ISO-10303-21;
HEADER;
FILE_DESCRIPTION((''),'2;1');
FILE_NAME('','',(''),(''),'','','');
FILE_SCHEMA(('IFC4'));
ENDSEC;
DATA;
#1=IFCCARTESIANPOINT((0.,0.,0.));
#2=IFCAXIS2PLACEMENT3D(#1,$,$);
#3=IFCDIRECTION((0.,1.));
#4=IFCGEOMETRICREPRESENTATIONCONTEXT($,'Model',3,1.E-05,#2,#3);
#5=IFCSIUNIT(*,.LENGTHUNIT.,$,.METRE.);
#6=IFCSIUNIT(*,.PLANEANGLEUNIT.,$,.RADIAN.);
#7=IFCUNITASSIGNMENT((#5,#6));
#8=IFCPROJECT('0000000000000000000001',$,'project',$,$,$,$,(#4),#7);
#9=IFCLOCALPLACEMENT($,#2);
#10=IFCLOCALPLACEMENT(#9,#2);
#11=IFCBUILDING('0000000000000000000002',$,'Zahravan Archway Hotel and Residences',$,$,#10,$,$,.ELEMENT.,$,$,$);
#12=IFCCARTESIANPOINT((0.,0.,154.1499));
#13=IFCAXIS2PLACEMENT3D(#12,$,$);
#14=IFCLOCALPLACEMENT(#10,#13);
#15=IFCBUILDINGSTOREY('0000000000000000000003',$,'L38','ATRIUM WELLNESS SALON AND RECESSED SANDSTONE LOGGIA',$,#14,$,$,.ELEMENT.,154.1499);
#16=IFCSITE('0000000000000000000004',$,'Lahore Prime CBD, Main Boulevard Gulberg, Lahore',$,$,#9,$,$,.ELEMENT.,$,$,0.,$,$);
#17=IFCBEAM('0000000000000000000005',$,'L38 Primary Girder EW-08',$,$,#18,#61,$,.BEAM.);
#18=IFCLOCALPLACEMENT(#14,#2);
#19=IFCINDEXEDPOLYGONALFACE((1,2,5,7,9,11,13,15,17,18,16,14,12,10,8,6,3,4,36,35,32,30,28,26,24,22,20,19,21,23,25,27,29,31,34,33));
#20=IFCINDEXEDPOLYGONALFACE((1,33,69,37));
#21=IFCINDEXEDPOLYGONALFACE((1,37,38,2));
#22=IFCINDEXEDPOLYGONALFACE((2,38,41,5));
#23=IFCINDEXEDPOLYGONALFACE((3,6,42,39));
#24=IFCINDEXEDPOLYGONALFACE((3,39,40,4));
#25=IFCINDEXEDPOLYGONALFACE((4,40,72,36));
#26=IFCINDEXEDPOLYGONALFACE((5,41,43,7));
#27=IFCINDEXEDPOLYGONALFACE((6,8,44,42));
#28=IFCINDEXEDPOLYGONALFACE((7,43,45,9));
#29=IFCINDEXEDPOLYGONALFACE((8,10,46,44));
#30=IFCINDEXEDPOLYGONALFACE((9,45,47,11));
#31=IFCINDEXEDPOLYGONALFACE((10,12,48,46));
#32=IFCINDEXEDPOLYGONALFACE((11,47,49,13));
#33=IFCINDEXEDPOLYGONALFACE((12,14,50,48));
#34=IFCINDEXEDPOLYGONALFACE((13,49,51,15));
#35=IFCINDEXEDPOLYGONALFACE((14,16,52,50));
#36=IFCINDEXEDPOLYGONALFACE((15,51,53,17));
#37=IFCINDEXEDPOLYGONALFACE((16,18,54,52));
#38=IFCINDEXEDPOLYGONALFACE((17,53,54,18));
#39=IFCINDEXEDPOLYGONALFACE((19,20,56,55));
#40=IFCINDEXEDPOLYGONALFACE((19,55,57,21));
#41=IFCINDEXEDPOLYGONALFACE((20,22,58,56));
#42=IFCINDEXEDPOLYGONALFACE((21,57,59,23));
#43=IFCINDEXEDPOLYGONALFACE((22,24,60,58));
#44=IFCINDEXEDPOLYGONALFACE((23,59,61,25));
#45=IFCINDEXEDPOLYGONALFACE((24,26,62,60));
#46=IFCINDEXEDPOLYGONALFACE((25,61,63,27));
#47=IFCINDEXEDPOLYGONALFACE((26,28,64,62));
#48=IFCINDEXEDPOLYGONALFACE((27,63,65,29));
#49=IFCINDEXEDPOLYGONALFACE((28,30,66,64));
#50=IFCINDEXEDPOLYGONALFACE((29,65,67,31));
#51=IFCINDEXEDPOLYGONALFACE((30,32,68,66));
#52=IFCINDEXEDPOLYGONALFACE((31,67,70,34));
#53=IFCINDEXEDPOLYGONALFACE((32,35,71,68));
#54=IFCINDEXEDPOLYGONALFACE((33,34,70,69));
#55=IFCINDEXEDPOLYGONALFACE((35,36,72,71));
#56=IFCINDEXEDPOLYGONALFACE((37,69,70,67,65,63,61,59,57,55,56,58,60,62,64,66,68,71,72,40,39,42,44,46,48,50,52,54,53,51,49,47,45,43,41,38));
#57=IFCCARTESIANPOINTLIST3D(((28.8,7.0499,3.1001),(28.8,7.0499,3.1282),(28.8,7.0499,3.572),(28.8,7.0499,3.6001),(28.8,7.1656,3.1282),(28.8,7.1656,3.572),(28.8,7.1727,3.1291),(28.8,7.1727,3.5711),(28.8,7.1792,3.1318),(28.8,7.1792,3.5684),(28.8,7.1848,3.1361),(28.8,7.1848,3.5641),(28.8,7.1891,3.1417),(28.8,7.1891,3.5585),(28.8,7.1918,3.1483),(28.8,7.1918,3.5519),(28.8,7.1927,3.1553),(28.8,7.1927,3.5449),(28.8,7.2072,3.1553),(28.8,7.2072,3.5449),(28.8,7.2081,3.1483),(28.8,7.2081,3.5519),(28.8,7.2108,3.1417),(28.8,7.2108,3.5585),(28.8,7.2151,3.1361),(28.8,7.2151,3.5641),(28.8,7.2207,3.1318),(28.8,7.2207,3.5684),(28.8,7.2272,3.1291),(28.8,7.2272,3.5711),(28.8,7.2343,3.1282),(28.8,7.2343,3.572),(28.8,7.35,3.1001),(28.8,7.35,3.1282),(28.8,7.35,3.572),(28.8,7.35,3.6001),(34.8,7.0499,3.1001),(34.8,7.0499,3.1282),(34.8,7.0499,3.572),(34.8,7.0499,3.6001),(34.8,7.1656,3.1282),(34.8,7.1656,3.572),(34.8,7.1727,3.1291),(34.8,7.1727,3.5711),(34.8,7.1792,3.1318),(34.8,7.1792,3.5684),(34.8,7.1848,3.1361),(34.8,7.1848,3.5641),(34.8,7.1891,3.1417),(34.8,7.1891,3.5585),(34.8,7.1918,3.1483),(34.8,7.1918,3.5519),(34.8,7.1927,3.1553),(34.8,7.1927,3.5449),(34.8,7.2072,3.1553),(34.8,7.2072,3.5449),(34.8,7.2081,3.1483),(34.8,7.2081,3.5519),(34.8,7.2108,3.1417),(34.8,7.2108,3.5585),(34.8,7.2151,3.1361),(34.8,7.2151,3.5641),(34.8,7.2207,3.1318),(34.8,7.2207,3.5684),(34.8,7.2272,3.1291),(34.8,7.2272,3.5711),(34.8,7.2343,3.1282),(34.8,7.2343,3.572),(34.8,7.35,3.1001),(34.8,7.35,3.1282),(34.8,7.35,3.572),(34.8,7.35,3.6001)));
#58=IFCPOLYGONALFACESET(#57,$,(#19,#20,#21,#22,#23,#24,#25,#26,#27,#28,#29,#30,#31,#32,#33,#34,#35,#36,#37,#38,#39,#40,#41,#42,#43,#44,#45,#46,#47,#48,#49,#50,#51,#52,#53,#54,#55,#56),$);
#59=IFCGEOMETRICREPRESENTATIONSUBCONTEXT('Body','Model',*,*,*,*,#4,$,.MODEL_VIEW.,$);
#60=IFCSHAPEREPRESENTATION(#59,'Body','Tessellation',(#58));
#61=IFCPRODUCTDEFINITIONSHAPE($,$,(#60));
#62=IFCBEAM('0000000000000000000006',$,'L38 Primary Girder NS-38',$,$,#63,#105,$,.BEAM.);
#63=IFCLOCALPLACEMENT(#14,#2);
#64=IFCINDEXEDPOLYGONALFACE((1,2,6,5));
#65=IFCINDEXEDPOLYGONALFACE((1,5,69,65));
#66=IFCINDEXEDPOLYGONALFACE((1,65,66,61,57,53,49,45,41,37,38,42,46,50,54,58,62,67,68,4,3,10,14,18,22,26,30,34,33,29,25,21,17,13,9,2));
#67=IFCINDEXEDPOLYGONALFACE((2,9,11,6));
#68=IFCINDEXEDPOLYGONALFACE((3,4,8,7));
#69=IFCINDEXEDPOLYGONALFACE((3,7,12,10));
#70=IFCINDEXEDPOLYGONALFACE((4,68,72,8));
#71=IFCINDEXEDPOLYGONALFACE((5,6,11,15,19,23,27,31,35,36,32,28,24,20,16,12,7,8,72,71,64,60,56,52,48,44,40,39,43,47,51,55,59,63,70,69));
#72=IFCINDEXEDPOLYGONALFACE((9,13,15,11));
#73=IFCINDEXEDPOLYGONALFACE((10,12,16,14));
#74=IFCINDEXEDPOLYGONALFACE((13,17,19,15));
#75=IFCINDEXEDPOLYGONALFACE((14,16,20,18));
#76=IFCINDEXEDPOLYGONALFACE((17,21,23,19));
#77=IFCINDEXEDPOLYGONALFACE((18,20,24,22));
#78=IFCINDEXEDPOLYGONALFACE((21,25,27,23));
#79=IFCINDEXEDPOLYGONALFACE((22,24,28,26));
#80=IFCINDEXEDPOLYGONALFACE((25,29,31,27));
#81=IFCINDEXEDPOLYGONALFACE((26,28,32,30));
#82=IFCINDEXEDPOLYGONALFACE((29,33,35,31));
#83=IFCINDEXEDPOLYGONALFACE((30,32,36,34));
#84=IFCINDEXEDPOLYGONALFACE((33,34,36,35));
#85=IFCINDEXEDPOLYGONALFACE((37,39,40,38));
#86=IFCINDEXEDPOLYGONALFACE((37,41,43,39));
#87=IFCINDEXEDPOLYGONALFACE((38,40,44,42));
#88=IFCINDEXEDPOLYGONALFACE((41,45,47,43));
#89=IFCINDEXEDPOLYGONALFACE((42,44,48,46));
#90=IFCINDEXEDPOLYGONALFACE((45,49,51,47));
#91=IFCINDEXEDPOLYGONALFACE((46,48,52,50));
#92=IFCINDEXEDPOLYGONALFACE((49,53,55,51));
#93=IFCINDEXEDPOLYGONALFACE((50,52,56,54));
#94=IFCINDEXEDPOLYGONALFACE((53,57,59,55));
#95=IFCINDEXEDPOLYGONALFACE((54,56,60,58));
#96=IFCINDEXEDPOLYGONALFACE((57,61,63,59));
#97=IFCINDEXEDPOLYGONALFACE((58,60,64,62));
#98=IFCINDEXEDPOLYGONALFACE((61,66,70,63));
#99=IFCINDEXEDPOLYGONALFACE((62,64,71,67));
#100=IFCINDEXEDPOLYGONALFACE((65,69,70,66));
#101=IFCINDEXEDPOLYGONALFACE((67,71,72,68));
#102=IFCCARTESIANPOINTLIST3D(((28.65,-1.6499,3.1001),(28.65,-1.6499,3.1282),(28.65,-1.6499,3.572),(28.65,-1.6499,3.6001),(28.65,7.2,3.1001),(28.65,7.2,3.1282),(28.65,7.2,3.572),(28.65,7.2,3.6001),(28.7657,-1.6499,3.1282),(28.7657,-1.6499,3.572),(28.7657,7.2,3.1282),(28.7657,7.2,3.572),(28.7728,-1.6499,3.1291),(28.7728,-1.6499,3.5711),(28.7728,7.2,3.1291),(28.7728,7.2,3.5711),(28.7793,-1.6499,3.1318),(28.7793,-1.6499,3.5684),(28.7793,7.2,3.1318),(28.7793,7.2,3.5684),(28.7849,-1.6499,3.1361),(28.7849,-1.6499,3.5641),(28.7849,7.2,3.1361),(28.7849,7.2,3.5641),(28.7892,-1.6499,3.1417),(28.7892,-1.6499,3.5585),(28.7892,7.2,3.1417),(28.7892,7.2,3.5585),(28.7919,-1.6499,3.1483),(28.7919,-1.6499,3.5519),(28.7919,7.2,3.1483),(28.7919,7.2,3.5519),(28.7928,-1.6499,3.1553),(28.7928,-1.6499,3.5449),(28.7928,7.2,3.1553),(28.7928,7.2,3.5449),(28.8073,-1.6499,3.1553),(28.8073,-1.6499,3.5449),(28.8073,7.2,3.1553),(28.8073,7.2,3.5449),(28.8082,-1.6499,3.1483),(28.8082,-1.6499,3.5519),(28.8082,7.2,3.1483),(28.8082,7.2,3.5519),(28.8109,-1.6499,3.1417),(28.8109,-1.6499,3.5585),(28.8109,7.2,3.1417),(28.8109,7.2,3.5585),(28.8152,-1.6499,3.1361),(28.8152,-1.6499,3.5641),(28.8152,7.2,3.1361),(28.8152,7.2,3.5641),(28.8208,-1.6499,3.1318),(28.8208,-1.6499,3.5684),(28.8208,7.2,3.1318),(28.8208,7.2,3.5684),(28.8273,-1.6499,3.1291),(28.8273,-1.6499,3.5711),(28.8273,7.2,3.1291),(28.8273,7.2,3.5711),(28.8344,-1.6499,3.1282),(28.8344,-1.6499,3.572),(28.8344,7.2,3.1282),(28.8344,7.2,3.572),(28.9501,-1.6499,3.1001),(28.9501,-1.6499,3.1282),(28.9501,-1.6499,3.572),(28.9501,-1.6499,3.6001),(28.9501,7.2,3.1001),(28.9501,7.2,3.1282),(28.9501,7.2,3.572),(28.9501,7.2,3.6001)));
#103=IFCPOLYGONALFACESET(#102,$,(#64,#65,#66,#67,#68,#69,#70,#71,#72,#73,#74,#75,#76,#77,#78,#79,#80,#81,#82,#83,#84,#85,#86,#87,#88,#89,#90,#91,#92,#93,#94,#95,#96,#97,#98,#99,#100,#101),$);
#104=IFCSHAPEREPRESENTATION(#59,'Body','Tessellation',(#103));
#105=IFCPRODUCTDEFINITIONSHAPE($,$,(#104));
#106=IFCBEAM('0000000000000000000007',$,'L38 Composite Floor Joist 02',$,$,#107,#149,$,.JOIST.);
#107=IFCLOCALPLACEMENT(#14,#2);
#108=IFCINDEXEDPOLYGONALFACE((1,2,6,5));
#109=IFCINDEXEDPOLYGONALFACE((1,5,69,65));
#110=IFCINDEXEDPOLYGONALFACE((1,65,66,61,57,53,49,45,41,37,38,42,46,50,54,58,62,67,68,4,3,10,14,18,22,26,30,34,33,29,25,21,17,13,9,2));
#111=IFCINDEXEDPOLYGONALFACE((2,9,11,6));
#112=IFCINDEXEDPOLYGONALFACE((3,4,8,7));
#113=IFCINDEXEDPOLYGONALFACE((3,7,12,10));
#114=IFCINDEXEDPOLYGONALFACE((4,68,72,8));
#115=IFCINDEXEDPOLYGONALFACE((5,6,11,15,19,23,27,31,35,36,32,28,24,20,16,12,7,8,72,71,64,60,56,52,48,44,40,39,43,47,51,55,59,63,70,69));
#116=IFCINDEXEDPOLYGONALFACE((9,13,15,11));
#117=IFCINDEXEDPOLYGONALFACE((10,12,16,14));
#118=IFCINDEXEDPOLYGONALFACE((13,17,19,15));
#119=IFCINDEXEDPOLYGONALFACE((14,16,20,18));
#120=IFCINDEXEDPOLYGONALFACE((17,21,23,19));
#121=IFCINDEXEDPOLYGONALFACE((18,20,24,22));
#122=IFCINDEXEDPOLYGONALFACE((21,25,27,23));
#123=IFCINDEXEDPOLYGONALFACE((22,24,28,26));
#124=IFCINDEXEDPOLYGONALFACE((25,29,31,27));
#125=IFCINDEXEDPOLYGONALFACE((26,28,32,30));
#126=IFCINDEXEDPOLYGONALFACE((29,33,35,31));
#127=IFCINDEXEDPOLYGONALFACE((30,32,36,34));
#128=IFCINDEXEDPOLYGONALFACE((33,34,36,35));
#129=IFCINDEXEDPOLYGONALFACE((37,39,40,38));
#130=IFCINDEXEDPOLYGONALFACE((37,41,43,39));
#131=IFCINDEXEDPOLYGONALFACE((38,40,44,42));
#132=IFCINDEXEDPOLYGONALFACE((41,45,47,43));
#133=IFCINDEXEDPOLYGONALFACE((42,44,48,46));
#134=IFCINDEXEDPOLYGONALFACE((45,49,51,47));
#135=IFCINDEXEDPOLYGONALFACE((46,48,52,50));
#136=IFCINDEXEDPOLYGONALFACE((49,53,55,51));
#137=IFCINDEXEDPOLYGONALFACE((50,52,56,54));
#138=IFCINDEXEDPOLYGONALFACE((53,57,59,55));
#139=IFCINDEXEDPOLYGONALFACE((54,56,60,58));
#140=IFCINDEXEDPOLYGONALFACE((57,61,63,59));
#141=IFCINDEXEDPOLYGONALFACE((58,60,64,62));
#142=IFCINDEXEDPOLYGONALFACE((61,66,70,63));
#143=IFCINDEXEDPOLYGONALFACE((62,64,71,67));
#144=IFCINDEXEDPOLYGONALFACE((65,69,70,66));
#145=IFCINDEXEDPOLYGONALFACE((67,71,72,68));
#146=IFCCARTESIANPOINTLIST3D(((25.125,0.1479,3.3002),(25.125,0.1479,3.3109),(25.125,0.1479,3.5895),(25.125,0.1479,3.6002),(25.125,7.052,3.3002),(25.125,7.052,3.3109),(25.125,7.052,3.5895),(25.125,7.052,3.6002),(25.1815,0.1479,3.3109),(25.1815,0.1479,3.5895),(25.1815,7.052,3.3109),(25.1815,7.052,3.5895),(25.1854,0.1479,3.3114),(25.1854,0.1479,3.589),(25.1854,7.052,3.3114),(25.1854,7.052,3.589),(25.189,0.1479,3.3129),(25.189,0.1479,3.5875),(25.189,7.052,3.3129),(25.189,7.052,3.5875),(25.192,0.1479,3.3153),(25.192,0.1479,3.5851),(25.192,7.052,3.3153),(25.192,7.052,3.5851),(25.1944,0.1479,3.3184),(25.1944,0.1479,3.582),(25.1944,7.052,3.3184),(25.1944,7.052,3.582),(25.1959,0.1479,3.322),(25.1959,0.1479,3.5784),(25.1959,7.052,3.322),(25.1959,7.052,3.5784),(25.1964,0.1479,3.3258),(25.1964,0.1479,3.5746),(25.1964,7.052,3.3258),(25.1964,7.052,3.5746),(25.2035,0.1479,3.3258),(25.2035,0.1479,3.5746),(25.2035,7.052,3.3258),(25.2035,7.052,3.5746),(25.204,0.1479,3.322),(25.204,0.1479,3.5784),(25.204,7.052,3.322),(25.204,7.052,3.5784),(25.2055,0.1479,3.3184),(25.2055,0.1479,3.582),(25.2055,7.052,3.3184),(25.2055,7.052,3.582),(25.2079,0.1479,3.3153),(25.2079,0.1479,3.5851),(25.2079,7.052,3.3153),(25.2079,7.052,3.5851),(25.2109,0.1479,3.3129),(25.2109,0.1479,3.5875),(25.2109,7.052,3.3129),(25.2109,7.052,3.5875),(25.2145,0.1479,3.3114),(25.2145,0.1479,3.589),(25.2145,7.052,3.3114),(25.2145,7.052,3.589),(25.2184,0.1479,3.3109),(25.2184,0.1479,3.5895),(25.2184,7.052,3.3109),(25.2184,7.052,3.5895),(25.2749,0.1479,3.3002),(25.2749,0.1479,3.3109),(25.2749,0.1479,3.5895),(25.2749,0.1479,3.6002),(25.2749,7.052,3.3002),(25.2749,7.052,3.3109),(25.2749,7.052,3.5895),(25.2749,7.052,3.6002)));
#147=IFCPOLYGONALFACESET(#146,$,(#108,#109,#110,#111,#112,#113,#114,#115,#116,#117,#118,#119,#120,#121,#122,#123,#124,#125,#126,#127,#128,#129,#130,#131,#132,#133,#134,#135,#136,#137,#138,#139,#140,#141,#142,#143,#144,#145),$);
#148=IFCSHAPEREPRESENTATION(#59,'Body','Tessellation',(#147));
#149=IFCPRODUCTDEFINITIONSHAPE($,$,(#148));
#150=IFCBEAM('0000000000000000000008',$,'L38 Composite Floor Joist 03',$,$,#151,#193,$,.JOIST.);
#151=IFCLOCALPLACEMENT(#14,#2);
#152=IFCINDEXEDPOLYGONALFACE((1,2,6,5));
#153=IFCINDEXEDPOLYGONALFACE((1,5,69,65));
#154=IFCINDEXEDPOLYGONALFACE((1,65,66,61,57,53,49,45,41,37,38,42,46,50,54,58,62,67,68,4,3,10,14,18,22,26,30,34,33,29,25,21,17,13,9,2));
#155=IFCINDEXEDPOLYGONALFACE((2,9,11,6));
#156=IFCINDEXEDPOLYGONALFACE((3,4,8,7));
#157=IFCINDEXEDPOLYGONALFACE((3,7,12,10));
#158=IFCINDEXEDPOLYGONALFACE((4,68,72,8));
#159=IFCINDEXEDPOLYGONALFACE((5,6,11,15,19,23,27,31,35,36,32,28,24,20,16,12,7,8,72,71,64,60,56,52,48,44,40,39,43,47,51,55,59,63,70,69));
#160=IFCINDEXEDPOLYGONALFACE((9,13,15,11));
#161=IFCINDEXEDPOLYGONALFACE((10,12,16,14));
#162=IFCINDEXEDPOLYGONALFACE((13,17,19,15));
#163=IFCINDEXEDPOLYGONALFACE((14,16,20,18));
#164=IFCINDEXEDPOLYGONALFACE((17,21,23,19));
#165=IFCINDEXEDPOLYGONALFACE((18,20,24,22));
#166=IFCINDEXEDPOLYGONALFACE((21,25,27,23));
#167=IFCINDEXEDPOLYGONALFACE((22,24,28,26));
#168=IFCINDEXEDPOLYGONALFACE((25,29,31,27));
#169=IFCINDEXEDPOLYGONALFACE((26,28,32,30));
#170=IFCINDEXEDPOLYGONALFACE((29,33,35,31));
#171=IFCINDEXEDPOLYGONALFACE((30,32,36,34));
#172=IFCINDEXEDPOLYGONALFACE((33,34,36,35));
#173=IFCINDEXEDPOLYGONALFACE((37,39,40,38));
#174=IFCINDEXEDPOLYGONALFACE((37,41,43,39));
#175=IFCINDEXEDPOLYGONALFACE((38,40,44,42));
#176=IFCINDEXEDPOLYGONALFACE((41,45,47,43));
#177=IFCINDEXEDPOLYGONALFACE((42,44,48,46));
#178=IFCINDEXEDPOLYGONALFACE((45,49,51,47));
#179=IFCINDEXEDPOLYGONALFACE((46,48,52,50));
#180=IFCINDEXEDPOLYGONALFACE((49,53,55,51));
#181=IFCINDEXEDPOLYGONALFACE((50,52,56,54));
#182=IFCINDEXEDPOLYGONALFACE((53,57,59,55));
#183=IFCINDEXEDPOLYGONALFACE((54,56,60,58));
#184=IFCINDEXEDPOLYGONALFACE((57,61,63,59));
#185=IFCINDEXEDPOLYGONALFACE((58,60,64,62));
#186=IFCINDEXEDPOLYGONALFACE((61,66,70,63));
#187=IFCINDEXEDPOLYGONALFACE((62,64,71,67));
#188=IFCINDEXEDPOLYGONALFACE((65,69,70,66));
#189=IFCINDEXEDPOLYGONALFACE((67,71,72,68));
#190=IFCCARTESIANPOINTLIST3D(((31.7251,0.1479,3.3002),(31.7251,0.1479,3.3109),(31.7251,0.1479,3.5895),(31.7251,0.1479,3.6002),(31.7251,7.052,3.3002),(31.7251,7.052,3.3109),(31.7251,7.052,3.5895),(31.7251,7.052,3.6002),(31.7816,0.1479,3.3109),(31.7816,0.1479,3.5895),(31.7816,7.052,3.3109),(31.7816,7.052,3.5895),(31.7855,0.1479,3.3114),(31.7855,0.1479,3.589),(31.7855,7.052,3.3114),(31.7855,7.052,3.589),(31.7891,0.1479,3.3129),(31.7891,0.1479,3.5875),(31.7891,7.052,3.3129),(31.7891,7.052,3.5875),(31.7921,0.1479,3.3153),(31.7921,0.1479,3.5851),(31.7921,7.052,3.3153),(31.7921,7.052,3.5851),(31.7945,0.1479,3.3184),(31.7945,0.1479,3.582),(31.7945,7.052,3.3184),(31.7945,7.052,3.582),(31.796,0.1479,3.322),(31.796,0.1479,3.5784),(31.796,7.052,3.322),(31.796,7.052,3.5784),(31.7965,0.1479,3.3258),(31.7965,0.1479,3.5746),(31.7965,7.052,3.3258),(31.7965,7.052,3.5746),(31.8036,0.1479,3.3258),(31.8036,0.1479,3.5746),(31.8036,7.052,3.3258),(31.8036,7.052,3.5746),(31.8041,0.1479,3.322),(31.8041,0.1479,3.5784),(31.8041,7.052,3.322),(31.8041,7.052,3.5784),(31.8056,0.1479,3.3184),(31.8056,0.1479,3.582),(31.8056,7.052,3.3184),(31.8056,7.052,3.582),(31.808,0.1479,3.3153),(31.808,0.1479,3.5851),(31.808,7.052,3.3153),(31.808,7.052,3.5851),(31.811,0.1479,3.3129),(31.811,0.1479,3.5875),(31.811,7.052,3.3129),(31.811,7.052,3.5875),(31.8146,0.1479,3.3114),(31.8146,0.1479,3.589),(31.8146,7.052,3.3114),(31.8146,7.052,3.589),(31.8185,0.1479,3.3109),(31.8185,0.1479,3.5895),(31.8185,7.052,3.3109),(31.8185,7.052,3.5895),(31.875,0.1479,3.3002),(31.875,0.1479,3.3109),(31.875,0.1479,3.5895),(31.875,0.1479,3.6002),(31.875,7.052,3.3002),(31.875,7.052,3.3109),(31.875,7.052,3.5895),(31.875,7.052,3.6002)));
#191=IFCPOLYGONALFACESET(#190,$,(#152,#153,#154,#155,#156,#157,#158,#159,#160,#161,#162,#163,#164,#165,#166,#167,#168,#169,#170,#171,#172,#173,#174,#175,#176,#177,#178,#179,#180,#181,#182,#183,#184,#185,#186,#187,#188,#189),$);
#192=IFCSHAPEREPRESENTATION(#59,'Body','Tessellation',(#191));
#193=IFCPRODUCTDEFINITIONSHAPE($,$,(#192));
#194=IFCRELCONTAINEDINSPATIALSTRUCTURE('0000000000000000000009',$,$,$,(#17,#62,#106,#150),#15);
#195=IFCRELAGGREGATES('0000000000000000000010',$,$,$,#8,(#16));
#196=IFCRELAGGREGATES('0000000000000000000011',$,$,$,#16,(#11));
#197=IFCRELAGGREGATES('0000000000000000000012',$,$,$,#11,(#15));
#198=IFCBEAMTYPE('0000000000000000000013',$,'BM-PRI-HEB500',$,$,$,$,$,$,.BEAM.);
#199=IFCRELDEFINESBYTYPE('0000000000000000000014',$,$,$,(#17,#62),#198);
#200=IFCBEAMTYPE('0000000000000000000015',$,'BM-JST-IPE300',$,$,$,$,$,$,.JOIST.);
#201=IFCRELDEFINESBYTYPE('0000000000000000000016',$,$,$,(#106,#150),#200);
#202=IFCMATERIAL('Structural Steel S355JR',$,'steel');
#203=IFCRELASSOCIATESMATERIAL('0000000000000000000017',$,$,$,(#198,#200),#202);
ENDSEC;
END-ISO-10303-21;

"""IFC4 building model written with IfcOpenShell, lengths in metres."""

from ifc_helpers import new_model, si_unit, direction, frame, origin, origin_2d, place, context, subcontext, project, spatial, i_section, extrude, source, transform, mapped, material, material_profile, profile_set, type_object, type_shapes, element, save


model = new_model("IFC4")

# Units and contexts
model_context = context("Model", 3, precision=1e-05, world=origin(), true_north=direction((0.0, 1.0)))
body_context = subcontext(model_context, "Body", "Model", "MODEL_VIEW")
ifc_project = project(units=[si_unit("LENGTHUNIT", "METRE"), si_unit("PLANEANGLEUNIT", "RADIAN")], contexts=[model_context])

# Site, building, storey
site_placement = place(None, origin())
site = spatial("IfcSite", under=ifc_project, at=site_placement, Name="Lahore Prime CBD, Main Boulevard Gulberg, Lahore", CompositionType="ELEMENT", RefElevation=0.0)
building_placement = place(site_placement, origin())
building = spatial("IfcBuilding", under=site, at=building_placement, Name="Zahravan Archway Hotel and Residences", CompositionType="ELEMENT")
storey_placement = place(building_placement, frame((0.0, 0.0, 154.1499)))
storey = spatial("IfcBuildingStorey", under=building, at=storey_placement, Name="L38", Description="ATRIUM WELLNESS SALON AND RECESSED SANDSTONE LOGGIA", CompositionType="ELEMENT", Elevation=154.1499)

# Beams
ifc_material_1 = material(Name="Structural Steel S355JR", Category="steel")
ifc_material_profile_1 = material_profile(ifc_material_1, i_section(OverallWidth=0.3, OverallDepth=0.5, WebThickness=0.0144, FlangeThickness=0.0281, FilletRadius=0.0271, at=origin_2d()), Name="HEB 500", Category="steel")
ifc_profile_set_1 = profile_set([ifc_material_profile_1], Name="Structural Steel S355JR")
beam_type_1 = type_object("IfcBeamType", Name="BM-PRI-HEB500", PredefinedType="BEAM", material=ifc_profile_set_1)
shared_shape_1 = source(origin(), body_context, "Body", "SweptSolid", [
    extrude(i_section(OverallWidth=0.3, OverallDepth=0.5, WebThickness=0.0144, FlangeThickness=0.0281, FilletRadius=0.0271, at=origin_2d()), origin(), (0.0, 0.0, 1.0), 6.0),
])
for number, where, z_axis, x_axis, name in (
    (1, (28.8, 7.2, 3.3501), (1.0, 0.0, 0.0), (0.0, 1.0, 0.0), "L38 Primary Girder EW-08"),
):
    element("IfcBeam", number, at=place(storey_placement, frame(where, z_axis=z_axis, x_axis=x_axis)), inside=storey, type_object=beam_type_1, Name=name, PredefinedType="BEAM", context=body_context, shape_type="MappedRepresentation", body=[
        mapped(shared_shape_1, transform((0.0, 0.0, 0.0), scale=1.0)),
    ])
shared_shape_2 = source(origin(), body_context, "Body", "SweptSolid", [
    extrude(i_section(OverallWidth=0.3, OverallDepth=0.5, WebThickness=0.0144, FlangeThickness=0.0281, FilletRadius=0.0271, at=origin_2d()), origin(), (0.0, 0.0, 1.0), 8.8499),
])
beam_1_placement = place(storey_placement, frame((28.8, -1.6499, 3.3501), z_axis=(0.0, 1.0, 0.0), x_axis=(-1.0, 0.0, 0.0)))
element("IfcBeam", 2, at=beam_1_placement, inside=storey, type_object=beam_type_1, Name="L38 Primary Girder NS-38", PredefinedType="BEAM", context=body_context, shape_type="MappedRepresentation", body=[
    mapped(shared_shape_2, transform((0.0, 0.0, 0.0), scale=1.0)),
])
ifc_material_profile_2 = material_profile(ifc_material_1, i_section(OverallWidth=0.1499, OverallDepth=0.3, WebThickness=0.0071, FlangeThickness=0.0107, FilletRadius=0.0149, at=origin_2d()), Name="IPE 300", Category="steel")
ifc_profile_set_2 = profile_set([ifc_material_profile_2], Name="Structural Steel S355JR")
beam_type_2 = type_object("IfcBeamType", Name="BM-JST-IPE300", PredefinedType="JOIST", material=ifc_profile_set_2)
shared_shape_3 = source(origin(), body_context, "Body", "SweptSolid", [
    extrude(i_section(OverallWidth=0.1499, OverallDepth=0.3, WebThickness=0.0071, FlangeThickness=0.0107, FilletRadius=0.0149, at=origin_2d()), origin(), (0.0, 0.0, 1.0), 6.9041),
])
type_shapes(beam_type_2, [shared_shape_3])
for number, where, z_axis, x_axis, name in (
    (3, (25.2, 0.1479, 3.4502), (0.0, 1.0, 0.0), (-1.0, 0.0, 0.0), "L38 Composite Floor Joist 02"),
    (4, (31.8, 0.1479, 3.4502), (0.0, 1.0, 0.0), (-1.0, 0.0, 0.0), "L38 Composite Floor Joist 03"),
):
    element("IfcBeam", number, at=place(storey_placement, frame(where, z_axis=z_axis, x_axis=x_axis)), inside=storey, type_object=beam_type_2, Name=name, PredefinedType="JOIST", context=body_context, shape_type="MappedRepresentation", body=[
        mapped(shared_shape_3, transform((0.0, 0.0, 0.0), scale=1.0)),
    ])

save(model, "model.ifc")
